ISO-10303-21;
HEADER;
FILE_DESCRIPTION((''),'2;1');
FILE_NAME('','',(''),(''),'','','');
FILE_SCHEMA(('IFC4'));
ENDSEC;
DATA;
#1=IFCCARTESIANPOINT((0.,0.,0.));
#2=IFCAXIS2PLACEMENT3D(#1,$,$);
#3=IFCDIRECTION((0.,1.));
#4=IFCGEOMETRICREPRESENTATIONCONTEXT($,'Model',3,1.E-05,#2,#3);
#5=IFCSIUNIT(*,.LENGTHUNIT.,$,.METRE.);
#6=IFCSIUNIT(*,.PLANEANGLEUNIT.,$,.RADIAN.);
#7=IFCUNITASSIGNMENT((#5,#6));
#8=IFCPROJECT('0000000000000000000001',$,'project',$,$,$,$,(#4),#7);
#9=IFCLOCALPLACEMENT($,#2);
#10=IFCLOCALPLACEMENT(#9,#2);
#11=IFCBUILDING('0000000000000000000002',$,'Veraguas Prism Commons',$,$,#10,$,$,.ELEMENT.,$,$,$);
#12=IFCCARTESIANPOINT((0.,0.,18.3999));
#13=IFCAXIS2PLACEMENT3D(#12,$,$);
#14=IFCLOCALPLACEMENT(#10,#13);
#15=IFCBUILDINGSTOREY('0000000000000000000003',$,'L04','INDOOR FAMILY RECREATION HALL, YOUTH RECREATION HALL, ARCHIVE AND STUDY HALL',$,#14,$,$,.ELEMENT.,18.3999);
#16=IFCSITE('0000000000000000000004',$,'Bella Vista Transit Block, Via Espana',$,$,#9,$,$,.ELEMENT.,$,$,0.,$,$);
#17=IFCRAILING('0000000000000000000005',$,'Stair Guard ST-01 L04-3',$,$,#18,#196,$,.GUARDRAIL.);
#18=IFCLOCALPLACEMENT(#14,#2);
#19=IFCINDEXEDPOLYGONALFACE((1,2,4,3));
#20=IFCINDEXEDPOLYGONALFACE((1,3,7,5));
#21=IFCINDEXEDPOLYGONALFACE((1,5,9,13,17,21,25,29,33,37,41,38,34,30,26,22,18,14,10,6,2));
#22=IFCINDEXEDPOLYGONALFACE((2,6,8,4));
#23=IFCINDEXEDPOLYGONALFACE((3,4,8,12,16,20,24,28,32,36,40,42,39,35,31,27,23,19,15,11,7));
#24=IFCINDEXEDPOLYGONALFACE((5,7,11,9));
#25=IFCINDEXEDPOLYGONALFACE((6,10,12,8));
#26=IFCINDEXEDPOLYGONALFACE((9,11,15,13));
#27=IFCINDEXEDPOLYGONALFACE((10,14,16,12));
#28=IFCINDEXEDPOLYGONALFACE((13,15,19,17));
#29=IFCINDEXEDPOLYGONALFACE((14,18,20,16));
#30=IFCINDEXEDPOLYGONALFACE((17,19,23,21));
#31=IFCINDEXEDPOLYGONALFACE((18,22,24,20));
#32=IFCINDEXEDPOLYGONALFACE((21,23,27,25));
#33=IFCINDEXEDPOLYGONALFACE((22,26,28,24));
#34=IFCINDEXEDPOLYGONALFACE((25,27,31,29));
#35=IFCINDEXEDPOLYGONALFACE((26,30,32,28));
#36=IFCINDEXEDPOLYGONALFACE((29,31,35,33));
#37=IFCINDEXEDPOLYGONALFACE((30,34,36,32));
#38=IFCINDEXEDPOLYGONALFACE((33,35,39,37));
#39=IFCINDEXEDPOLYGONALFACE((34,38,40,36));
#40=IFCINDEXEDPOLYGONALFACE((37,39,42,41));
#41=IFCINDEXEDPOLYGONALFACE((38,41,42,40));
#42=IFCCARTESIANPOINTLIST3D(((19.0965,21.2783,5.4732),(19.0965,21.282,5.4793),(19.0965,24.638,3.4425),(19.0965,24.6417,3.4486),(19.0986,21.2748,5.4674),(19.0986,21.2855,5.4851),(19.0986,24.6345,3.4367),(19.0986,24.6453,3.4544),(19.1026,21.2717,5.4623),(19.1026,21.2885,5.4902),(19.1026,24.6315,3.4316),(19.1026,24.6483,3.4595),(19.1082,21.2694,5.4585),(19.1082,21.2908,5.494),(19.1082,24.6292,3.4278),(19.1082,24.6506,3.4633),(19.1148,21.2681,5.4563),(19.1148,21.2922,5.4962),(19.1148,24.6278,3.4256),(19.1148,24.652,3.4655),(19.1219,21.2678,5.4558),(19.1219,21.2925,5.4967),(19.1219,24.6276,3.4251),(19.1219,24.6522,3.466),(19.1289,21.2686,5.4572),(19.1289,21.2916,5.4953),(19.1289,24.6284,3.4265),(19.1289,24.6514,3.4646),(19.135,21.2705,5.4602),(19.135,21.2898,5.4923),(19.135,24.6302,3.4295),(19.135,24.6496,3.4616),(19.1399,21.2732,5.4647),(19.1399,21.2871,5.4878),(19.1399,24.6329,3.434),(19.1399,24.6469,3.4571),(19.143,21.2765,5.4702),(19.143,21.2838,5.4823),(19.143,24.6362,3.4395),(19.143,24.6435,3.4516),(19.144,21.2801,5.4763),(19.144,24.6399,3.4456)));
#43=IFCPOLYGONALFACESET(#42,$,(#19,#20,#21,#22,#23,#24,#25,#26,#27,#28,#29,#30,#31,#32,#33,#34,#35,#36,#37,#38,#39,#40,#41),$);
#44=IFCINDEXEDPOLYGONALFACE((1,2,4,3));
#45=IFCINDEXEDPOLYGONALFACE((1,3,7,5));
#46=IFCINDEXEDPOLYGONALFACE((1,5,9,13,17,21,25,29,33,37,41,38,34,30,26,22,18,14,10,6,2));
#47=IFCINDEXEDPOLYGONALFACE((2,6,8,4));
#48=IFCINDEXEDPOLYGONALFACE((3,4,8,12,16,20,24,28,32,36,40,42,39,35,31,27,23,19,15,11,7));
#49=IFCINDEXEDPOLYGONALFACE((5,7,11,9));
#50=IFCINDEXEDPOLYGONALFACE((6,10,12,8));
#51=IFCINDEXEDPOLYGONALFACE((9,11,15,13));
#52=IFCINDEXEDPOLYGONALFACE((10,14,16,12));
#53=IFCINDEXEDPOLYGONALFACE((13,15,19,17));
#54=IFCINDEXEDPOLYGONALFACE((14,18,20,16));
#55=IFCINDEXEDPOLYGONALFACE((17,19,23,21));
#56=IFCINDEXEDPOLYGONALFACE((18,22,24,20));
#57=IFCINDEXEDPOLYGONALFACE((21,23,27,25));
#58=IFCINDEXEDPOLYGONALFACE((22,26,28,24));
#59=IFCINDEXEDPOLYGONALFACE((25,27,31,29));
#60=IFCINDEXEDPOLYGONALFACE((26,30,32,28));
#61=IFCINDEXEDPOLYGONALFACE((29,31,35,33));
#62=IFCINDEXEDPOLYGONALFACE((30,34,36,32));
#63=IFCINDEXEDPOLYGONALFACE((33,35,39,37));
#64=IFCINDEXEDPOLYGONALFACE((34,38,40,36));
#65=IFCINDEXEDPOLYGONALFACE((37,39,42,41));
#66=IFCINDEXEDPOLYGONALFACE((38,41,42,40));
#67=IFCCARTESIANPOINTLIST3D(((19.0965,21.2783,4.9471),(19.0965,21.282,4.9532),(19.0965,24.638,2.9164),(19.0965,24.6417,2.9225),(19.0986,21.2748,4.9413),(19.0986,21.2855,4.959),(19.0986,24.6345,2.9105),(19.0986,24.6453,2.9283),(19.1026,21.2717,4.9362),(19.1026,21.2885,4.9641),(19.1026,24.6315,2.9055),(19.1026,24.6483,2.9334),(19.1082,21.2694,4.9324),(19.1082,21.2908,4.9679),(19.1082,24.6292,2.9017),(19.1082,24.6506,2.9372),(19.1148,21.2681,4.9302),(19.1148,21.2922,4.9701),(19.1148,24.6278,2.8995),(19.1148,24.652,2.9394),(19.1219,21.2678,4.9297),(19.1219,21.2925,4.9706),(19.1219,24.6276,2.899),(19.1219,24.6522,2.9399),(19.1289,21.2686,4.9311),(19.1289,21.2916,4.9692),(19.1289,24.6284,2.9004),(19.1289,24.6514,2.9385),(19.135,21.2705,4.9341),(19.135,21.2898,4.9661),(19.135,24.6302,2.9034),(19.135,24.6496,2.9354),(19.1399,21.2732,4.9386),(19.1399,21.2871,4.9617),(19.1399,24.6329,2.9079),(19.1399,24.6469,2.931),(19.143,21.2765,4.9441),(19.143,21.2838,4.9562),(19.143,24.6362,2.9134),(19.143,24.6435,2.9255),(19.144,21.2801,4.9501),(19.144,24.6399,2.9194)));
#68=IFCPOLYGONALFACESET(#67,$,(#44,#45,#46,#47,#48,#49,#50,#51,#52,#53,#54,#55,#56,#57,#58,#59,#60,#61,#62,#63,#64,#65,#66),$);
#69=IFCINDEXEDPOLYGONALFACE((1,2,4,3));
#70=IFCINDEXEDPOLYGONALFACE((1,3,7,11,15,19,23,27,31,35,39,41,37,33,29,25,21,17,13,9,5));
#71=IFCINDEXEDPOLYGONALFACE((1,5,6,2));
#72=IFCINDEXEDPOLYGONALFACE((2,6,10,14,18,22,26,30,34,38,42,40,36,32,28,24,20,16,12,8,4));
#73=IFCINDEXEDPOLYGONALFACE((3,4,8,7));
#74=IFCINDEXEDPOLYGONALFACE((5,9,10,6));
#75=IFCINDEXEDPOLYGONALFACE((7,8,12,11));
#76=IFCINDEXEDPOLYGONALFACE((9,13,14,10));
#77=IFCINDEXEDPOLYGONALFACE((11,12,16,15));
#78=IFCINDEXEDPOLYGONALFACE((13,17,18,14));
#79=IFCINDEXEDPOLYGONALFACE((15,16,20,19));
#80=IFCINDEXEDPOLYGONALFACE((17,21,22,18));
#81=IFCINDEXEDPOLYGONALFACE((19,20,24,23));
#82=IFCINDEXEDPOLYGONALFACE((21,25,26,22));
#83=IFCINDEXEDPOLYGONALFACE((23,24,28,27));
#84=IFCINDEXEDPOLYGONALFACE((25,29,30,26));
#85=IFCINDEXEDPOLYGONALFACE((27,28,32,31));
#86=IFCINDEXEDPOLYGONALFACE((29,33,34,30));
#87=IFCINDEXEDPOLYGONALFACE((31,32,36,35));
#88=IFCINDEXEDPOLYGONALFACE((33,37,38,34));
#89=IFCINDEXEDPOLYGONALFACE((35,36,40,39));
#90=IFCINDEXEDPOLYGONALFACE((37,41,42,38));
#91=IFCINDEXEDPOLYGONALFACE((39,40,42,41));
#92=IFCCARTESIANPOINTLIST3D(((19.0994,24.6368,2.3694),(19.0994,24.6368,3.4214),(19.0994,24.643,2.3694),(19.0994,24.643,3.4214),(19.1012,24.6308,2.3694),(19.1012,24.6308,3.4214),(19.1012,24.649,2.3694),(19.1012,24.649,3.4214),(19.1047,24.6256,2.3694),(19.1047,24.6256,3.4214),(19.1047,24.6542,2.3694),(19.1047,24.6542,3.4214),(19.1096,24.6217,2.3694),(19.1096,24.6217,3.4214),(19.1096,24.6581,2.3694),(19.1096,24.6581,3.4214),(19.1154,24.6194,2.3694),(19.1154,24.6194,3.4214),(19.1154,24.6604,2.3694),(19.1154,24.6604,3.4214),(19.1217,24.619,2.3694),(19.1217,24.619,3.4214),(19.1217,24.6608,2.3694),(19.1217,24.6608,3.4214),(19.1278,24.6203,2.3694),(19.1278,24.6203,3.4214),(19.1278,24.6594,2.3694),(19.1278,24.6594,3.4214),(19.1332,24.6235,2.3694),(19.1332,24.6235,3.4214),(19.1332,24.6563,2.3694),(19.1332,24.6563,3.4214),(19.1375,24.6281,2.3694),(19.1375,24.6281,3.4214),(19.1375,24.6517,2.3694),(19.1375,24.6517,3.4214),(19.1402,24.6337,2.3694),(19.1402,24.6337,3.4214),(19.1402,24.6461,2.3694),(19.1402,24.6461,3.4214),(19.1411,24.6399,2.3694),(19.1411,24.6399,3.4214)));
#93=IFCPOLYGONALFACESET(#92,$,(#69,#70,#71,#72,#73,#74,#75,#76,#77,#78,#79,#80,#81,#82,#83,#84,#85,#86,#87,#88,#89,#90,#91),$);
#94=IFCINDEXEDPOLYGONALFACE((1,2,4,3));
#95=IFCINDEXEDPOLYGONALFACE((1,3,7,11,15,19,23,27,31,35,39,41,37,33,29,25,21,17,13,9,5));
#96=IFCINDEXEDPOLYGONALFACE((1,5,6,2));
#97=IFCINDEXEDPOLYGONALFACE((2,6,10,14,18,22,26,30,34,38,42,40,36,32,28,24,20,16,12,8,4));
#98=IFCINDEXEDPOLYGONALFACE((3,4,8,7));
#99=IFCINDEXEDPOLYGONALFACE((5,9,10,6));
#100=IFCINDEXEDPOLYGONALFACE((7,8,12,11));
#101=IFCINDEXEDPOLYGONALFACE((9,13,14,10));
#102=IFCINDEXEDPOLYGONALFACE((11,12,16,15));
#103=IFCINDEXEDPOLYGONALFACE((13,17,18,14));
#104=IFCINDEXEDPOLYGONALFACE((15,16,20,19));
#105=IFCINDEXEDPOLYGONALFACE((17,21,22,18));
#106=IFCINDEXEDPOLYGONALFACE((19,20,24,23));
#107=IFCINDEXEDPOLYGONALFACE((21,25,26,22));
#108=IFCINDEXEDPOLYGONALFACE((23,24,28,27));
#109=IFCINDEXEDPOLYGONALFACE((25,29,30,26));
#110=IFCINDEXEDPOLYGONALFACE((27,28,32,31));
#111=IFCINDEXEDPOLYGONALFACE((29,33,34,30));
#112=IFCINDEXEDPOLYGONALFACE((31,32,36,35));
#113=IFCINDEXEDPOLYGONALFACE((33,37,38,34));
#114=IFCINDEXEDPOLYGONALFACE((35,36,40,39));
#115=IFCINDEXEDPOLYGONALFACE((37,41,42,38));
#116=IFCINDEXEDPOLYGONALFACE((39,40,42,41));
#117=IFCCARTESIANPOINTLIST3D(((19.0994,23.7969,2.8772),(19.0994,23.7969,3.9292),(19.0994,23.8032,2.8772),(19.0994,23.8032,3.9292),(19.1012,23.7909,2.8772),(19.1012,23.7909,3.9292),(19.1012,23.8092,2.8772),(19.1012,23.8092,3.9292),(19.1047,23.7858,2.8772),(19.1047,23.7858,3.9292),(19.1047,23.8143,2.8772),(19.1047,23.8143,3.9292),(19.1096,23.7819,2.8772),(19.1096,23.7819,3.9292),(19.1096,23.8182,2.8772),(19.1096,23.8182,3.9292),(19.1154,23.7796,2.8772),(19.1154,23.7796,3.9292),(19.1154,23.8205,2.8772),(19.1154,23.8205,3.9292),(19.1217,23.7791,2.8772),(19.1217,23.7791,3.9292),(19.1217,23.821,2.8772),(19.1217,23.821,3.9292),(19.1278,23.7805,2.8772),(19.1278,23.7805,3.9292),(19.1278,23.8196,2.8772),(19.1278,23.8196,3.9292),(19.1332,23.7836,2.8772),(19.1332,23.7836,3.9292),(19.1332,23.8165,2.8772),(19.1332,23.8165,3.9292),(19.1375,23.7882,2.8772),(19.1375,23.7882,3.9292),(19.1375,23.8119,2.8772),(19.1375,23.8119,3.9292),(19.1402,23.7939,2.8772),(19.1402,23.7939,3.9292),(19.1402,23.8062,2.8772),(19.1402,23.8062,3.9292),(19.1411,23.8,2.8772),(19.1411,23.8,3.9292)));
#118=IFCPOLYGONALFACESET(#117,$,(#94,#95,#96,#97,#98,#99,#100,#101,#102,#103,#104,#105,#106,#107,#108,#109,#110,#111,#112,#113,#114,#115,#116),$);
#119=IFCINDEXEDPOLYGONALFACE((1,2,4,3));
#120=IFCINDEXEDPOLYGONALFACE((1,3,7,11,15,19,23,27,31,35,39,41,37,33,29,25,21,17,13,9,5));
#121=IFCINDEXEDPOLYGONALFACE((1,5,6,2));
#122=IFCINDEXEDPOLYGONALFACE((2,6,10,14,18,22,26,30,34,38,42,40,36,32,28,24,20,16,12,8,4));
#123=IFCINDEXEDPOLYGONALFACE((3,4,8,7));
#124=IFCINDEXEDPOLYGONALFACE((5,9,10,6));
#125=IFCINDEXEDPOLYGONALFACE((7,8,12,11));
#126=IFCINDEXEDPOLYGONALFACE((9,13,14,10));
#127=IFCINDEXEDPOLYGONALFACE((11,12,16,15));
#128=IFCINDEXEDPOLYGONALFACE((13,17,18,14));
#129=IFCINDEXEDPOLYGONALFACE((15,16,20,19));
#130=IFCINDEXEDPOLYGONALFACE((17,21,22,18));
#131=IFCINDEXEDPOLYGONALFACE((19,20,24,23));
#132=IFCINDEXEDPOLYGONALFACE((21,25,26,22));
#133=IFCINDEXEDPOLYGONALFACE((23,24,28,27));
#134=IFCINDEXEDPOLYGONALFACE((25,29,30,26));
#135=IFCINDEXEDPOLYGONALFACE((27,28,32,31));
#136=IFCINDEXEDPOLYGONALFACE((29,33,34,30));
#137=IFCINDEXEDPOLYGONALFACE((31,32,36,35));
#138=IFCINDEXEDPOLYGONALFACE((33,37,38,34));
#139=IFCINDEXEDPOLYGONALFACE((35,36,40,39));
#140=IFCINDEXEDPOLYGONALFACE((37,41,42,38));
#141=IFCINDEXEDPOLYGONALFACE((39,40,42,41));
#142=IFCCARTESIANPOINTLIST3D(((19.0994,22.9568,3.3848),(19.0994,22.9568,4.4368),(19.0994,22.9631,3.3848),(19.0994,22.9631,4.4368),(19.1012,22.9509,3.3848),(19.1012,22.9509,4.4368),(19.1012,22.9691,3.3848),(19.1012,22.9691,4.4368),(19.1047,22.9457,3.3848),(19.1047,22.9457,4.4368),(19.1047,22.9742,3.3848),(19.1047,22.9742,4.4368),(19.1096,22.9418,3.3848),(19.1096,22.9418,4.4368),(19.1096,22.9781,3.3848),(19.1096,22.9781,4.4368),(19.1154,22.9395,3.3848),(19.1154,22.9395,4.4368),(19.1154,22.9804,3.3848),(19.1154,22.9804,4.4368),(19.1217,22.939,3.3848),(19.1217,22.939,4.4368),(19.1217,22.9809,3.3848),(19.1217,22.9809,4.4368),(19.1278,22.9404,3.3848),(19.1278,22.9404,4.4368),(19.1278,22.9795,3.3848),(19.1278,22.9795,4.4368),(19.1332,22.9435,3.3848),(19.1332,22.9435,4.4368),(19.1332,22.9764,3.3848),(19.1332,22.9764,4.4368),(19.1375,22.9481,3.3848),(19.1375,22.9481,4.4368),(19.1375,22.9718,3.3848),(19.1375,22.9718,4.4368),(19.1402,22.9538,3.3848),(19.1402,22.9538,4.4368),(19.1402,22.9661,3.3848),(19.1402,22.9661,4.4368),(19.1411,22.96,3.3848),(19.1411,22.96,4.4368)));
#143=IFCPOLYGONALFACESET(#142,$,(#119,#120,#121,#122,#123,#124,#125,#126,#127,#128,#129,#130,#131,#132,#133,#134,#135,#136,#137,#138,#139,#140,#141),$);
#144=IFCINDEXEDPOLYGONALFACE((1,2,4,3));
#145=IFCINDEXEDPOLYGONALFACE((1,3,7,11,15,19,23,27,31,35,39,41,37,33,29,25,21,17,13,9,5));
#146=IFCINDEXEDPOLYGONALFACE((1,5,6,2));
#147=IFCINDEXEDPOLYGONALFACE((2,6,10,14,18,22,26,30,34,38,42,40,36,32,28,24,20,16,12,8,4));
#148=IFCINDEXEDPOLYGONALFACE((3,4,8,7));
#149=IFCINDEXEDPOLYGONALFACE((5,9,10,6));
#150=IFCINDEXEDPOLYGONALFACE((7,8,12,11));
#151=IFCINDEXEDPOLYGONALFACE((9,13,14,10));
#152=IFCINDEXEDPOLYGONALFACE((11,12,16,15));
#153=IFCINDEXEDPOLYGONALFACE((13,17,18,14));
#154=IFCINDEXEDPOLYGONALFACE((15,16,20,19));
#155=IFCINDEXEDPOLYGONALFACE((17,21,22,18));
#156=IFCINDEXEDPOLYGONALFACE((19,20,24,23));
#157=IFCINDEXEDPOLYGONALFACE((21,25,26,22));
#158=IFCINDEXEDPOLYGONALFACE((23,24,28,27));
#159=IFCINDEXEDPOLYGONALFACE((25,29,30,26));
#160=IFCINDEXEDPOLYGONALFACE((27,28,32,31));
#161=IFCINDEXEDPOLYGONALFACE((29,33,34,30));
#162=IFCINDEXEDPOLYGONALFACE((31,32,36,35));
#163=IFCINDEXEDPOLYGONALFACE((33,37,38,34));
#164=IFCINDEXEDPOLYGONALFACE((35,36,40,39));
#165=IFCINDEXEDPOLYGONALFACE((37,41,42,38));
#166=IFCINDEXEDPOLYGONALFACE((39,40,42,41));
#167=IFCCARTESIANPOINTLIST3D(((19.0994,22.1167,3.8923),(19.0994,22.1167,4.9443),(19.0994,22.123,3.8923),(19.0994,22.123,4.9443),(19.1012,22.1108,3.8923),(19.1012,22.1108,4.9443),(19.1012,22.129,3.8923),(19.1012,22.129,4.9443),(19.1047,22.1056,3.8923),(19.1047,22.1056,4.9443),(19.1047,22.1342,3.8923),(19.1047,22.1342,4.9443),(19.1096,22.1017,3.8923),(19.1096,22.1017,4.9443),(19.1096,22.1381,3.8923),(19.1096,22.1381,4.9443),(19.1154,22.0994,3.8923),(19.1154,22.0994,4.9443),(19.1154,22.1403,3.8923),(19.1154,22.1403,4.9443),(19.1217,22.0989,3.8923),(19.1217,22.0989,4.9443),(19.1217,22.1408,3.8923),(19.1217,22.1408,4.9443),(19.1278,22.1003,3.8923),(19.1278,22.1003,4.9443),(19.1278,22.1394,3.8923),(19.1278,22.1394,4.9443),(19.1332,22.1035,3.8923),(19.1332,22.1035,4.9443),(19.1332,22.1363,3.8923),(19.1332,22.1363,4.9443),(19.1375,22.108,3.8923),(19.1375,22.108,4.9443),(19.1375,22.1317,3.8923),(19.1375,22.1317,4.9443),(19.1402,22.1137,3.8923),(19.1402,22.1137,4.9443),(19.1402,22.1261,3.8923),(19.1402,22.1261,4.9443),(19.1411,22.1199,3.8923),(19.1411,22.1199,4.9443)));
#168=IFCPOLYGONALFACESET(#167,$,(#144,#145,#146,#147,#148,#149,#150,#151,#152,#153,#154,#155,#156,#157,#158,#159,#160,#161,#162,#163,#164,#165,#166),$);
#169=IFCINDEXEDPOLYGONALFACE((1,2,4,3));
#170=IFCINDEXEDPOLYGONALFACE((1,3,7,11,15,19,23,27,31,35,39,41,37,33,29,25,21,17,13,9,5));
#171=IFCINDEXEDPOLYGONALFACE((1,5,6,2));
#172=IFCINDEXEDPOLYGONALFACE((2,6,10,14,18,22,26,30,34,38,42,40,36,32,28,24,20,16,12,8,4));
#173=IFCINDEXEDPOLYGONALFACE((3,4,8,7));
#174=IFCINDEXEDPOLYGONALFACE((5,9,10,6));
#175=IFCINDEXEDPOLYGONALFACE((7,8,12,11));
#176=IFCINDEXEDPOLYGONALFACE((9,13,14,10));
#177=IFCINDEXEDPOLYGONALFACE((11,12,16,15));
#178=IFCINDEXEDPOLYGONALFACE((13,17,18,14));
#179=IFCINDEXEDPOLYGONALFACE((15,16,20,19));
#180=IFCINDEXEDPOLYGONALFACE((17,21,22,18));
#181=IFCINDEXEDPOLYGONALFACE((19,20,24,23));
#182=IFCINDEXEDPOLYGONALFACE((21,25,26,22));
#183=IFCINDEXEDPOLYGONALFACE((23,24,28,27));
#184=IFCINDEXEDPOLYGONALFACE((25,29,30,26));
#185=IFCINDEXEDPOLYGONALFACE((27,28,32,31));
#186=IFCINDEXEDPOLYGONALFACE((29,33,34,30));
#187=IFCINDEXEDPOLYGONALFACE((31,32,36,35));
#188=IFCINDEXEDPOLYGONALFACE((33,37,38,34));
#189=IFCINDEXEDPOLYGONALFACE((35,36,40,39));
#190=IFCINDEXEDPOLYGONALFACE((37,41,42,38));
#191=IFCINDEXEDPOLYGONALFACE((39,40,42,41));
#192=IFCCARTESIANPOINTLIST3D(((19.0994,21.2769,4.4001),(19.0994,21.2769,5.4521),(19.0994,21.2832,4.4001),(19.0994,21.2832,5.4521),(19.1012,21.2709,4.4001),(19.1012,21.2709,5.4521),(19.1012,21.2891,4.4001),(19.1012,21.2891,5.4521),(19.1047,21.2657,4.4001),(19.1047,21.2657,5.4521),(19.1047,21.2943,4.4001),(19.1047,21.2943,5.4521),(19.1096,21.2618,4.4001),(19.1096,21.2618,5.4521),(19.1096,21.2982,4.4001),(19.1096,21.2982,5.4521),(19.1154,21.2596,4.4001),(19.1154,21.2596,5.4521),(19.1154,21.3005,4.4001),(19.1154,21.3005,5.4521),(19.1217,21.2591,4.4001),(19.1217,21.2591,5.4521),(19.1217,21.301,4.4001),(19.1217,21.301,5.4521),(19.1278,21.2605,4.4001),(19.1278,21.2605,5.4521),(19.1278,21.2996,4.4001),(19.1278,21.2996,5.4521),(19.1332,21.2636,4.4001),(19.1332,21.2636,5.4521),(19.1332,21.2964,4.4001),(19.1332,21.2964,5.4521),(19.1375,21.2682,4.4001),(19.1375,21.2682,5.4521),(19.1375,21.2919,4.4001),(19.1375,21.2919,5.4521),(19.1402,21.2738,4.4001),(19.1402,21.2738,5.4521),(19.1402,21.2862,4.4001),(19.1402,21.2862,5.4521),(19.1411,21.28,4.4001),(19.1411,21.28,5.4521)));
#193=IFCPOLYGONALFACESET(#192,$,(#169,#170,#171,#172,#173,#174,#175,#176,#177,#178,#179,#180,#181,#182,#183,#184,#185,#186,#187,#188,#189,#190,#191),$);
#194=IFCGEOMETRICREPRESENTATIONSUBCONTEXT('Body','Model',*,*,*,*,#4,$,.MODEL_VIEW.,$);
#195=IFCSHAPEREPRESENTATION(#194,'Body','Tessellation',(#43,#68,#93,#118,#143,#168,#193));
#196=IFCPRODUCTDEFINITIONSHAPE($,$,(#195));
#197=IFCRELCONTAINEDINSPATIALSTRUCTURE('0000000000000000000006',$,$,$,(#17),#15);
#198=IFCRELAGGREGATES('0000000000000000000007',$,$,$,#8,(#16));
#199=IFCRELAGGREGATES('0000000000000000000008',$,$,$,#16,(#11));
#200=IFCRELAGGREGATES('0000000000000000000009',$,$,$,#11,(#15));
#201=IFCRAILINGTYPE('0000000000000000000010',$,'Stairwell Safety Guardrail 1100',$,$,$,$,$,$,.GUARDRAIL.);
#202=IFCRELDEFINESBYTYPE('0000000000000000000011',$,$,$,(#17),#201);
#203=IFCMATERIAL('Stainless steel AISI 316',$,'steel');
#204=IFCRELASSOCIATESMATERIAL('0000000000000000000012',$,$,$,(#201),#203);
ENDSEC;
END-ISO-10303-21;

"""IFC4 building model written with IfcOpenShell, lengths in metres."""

from ifc_helpers import new_model, si_unit, direction, frame, origin, origin_2d, place, context, subcontext, project, spatial, circle, extrude, material, type_object, element, save


model = new_model("IFC4")

# Units and contexts
model_context = context("Model", 3, precision=1e-05, world=origin(), true_north=direction((0.0, 1.0)))
body_context = subcontext(model_context, "Body", "Model", "MODEL_VIEW")
ifc_project = project(units=[si_unit("LENGTHUNIT", "METRE"), si_unit("PLANEANGLEUNIT", "RADIAN")], contexts=[model_context])

# Site, building, storey
site_placement = place(None, origin())
site = spatial("IfcSite", under=ifc_project, at=site_placement, Name="Bella Vista Transit Block, Via Espana", CompositionType="ELEMENT", RefElevation=0.0)
building_placement = place(site_placement, origin())
building = spatial("IfcBuilding", under=site, at=building_placement, Name="Veraguas Prism Commons", CompositionType="ELEMENT")
storey_placement = place(building_placement, frame((0.0, 0.0, 18.3999)))
storey = spatial("IfcBuildingStorey", under=building, at=storey_placement, Name="L04", Description="INDOOR FAMILY RECREATION HALL, YOUTH RECREATION HALL, ARCHIVE AND STUDY HALL", CompositionType="ELEMENT", Elevation=18.3999)

# Railing
ifc_material_1 = material(Name="Stainless steel AISI 316", Category="steel")
railing_type_1 = type_object("IfcRailingType", Name="Stairwell Safety Guardrail 1100", PredefinedType="GUARDRAIL", material=ifc_material_1)
railing_1_placement = place(storey_placement, frame((19.1201, 24.6399, 2.3694)))
element("IfcRailing", 1, at=railing_1_placement, inside=storey, type_object=railing_type_1, Name="Stair Guard ST-01 L04-3", PredefinedType="GUARDRAIL", context=body_context, shape_type="SweptSolid", body=[
    extrude(circle(Radius=0.0239, at=origin_2d()), frame((0.0, 0.0, 1.0762), z_axis=(0.0, -0.85582, 0.517273), x_axis=(1.0, 0.0, 0.0)), (0.0, 0.0, 1.0), 3.9258),
    extrude(circle(Radius=0.0239, at=origin_2d()), frame((0.0, 0.0, 0.55), z_axis=(0.0, -0.85582, 0.517273), x_axis=(1.0, 0.0, 0.0)), (0.0, 0.0, 1.0), 3.9258),
    extrude(circle(Radius=0.021, at=origin_2d()), origin(), (0.0, 0.0, 1.0), 1.052),
    extrude(circle(Radius=0.021, at=origin_2d()), frame((0.0, -0.8398, 0.5078)), (0.0, 0.0, 1.0), 1.052),
    extrude(circle(Radius=0.021, at=origin_2d()), frame((0.0, -1.6799, 1.0154)), (0.0, 0.0, 1.0), 1.052),
    extrude(circle(Radius=0.021, at=origin_2d()), frame((0.0, -2.52, 1.5229)), (0.0, 0.0, 1.0), 1.052),
    extrude(circle(Radius=0.021, at=origin_2d()), frame((0.0, -3.3599, 2.0308)), (0.0, 0.0, 1.0), 1.052),
])

save(model, "model.ifc")
